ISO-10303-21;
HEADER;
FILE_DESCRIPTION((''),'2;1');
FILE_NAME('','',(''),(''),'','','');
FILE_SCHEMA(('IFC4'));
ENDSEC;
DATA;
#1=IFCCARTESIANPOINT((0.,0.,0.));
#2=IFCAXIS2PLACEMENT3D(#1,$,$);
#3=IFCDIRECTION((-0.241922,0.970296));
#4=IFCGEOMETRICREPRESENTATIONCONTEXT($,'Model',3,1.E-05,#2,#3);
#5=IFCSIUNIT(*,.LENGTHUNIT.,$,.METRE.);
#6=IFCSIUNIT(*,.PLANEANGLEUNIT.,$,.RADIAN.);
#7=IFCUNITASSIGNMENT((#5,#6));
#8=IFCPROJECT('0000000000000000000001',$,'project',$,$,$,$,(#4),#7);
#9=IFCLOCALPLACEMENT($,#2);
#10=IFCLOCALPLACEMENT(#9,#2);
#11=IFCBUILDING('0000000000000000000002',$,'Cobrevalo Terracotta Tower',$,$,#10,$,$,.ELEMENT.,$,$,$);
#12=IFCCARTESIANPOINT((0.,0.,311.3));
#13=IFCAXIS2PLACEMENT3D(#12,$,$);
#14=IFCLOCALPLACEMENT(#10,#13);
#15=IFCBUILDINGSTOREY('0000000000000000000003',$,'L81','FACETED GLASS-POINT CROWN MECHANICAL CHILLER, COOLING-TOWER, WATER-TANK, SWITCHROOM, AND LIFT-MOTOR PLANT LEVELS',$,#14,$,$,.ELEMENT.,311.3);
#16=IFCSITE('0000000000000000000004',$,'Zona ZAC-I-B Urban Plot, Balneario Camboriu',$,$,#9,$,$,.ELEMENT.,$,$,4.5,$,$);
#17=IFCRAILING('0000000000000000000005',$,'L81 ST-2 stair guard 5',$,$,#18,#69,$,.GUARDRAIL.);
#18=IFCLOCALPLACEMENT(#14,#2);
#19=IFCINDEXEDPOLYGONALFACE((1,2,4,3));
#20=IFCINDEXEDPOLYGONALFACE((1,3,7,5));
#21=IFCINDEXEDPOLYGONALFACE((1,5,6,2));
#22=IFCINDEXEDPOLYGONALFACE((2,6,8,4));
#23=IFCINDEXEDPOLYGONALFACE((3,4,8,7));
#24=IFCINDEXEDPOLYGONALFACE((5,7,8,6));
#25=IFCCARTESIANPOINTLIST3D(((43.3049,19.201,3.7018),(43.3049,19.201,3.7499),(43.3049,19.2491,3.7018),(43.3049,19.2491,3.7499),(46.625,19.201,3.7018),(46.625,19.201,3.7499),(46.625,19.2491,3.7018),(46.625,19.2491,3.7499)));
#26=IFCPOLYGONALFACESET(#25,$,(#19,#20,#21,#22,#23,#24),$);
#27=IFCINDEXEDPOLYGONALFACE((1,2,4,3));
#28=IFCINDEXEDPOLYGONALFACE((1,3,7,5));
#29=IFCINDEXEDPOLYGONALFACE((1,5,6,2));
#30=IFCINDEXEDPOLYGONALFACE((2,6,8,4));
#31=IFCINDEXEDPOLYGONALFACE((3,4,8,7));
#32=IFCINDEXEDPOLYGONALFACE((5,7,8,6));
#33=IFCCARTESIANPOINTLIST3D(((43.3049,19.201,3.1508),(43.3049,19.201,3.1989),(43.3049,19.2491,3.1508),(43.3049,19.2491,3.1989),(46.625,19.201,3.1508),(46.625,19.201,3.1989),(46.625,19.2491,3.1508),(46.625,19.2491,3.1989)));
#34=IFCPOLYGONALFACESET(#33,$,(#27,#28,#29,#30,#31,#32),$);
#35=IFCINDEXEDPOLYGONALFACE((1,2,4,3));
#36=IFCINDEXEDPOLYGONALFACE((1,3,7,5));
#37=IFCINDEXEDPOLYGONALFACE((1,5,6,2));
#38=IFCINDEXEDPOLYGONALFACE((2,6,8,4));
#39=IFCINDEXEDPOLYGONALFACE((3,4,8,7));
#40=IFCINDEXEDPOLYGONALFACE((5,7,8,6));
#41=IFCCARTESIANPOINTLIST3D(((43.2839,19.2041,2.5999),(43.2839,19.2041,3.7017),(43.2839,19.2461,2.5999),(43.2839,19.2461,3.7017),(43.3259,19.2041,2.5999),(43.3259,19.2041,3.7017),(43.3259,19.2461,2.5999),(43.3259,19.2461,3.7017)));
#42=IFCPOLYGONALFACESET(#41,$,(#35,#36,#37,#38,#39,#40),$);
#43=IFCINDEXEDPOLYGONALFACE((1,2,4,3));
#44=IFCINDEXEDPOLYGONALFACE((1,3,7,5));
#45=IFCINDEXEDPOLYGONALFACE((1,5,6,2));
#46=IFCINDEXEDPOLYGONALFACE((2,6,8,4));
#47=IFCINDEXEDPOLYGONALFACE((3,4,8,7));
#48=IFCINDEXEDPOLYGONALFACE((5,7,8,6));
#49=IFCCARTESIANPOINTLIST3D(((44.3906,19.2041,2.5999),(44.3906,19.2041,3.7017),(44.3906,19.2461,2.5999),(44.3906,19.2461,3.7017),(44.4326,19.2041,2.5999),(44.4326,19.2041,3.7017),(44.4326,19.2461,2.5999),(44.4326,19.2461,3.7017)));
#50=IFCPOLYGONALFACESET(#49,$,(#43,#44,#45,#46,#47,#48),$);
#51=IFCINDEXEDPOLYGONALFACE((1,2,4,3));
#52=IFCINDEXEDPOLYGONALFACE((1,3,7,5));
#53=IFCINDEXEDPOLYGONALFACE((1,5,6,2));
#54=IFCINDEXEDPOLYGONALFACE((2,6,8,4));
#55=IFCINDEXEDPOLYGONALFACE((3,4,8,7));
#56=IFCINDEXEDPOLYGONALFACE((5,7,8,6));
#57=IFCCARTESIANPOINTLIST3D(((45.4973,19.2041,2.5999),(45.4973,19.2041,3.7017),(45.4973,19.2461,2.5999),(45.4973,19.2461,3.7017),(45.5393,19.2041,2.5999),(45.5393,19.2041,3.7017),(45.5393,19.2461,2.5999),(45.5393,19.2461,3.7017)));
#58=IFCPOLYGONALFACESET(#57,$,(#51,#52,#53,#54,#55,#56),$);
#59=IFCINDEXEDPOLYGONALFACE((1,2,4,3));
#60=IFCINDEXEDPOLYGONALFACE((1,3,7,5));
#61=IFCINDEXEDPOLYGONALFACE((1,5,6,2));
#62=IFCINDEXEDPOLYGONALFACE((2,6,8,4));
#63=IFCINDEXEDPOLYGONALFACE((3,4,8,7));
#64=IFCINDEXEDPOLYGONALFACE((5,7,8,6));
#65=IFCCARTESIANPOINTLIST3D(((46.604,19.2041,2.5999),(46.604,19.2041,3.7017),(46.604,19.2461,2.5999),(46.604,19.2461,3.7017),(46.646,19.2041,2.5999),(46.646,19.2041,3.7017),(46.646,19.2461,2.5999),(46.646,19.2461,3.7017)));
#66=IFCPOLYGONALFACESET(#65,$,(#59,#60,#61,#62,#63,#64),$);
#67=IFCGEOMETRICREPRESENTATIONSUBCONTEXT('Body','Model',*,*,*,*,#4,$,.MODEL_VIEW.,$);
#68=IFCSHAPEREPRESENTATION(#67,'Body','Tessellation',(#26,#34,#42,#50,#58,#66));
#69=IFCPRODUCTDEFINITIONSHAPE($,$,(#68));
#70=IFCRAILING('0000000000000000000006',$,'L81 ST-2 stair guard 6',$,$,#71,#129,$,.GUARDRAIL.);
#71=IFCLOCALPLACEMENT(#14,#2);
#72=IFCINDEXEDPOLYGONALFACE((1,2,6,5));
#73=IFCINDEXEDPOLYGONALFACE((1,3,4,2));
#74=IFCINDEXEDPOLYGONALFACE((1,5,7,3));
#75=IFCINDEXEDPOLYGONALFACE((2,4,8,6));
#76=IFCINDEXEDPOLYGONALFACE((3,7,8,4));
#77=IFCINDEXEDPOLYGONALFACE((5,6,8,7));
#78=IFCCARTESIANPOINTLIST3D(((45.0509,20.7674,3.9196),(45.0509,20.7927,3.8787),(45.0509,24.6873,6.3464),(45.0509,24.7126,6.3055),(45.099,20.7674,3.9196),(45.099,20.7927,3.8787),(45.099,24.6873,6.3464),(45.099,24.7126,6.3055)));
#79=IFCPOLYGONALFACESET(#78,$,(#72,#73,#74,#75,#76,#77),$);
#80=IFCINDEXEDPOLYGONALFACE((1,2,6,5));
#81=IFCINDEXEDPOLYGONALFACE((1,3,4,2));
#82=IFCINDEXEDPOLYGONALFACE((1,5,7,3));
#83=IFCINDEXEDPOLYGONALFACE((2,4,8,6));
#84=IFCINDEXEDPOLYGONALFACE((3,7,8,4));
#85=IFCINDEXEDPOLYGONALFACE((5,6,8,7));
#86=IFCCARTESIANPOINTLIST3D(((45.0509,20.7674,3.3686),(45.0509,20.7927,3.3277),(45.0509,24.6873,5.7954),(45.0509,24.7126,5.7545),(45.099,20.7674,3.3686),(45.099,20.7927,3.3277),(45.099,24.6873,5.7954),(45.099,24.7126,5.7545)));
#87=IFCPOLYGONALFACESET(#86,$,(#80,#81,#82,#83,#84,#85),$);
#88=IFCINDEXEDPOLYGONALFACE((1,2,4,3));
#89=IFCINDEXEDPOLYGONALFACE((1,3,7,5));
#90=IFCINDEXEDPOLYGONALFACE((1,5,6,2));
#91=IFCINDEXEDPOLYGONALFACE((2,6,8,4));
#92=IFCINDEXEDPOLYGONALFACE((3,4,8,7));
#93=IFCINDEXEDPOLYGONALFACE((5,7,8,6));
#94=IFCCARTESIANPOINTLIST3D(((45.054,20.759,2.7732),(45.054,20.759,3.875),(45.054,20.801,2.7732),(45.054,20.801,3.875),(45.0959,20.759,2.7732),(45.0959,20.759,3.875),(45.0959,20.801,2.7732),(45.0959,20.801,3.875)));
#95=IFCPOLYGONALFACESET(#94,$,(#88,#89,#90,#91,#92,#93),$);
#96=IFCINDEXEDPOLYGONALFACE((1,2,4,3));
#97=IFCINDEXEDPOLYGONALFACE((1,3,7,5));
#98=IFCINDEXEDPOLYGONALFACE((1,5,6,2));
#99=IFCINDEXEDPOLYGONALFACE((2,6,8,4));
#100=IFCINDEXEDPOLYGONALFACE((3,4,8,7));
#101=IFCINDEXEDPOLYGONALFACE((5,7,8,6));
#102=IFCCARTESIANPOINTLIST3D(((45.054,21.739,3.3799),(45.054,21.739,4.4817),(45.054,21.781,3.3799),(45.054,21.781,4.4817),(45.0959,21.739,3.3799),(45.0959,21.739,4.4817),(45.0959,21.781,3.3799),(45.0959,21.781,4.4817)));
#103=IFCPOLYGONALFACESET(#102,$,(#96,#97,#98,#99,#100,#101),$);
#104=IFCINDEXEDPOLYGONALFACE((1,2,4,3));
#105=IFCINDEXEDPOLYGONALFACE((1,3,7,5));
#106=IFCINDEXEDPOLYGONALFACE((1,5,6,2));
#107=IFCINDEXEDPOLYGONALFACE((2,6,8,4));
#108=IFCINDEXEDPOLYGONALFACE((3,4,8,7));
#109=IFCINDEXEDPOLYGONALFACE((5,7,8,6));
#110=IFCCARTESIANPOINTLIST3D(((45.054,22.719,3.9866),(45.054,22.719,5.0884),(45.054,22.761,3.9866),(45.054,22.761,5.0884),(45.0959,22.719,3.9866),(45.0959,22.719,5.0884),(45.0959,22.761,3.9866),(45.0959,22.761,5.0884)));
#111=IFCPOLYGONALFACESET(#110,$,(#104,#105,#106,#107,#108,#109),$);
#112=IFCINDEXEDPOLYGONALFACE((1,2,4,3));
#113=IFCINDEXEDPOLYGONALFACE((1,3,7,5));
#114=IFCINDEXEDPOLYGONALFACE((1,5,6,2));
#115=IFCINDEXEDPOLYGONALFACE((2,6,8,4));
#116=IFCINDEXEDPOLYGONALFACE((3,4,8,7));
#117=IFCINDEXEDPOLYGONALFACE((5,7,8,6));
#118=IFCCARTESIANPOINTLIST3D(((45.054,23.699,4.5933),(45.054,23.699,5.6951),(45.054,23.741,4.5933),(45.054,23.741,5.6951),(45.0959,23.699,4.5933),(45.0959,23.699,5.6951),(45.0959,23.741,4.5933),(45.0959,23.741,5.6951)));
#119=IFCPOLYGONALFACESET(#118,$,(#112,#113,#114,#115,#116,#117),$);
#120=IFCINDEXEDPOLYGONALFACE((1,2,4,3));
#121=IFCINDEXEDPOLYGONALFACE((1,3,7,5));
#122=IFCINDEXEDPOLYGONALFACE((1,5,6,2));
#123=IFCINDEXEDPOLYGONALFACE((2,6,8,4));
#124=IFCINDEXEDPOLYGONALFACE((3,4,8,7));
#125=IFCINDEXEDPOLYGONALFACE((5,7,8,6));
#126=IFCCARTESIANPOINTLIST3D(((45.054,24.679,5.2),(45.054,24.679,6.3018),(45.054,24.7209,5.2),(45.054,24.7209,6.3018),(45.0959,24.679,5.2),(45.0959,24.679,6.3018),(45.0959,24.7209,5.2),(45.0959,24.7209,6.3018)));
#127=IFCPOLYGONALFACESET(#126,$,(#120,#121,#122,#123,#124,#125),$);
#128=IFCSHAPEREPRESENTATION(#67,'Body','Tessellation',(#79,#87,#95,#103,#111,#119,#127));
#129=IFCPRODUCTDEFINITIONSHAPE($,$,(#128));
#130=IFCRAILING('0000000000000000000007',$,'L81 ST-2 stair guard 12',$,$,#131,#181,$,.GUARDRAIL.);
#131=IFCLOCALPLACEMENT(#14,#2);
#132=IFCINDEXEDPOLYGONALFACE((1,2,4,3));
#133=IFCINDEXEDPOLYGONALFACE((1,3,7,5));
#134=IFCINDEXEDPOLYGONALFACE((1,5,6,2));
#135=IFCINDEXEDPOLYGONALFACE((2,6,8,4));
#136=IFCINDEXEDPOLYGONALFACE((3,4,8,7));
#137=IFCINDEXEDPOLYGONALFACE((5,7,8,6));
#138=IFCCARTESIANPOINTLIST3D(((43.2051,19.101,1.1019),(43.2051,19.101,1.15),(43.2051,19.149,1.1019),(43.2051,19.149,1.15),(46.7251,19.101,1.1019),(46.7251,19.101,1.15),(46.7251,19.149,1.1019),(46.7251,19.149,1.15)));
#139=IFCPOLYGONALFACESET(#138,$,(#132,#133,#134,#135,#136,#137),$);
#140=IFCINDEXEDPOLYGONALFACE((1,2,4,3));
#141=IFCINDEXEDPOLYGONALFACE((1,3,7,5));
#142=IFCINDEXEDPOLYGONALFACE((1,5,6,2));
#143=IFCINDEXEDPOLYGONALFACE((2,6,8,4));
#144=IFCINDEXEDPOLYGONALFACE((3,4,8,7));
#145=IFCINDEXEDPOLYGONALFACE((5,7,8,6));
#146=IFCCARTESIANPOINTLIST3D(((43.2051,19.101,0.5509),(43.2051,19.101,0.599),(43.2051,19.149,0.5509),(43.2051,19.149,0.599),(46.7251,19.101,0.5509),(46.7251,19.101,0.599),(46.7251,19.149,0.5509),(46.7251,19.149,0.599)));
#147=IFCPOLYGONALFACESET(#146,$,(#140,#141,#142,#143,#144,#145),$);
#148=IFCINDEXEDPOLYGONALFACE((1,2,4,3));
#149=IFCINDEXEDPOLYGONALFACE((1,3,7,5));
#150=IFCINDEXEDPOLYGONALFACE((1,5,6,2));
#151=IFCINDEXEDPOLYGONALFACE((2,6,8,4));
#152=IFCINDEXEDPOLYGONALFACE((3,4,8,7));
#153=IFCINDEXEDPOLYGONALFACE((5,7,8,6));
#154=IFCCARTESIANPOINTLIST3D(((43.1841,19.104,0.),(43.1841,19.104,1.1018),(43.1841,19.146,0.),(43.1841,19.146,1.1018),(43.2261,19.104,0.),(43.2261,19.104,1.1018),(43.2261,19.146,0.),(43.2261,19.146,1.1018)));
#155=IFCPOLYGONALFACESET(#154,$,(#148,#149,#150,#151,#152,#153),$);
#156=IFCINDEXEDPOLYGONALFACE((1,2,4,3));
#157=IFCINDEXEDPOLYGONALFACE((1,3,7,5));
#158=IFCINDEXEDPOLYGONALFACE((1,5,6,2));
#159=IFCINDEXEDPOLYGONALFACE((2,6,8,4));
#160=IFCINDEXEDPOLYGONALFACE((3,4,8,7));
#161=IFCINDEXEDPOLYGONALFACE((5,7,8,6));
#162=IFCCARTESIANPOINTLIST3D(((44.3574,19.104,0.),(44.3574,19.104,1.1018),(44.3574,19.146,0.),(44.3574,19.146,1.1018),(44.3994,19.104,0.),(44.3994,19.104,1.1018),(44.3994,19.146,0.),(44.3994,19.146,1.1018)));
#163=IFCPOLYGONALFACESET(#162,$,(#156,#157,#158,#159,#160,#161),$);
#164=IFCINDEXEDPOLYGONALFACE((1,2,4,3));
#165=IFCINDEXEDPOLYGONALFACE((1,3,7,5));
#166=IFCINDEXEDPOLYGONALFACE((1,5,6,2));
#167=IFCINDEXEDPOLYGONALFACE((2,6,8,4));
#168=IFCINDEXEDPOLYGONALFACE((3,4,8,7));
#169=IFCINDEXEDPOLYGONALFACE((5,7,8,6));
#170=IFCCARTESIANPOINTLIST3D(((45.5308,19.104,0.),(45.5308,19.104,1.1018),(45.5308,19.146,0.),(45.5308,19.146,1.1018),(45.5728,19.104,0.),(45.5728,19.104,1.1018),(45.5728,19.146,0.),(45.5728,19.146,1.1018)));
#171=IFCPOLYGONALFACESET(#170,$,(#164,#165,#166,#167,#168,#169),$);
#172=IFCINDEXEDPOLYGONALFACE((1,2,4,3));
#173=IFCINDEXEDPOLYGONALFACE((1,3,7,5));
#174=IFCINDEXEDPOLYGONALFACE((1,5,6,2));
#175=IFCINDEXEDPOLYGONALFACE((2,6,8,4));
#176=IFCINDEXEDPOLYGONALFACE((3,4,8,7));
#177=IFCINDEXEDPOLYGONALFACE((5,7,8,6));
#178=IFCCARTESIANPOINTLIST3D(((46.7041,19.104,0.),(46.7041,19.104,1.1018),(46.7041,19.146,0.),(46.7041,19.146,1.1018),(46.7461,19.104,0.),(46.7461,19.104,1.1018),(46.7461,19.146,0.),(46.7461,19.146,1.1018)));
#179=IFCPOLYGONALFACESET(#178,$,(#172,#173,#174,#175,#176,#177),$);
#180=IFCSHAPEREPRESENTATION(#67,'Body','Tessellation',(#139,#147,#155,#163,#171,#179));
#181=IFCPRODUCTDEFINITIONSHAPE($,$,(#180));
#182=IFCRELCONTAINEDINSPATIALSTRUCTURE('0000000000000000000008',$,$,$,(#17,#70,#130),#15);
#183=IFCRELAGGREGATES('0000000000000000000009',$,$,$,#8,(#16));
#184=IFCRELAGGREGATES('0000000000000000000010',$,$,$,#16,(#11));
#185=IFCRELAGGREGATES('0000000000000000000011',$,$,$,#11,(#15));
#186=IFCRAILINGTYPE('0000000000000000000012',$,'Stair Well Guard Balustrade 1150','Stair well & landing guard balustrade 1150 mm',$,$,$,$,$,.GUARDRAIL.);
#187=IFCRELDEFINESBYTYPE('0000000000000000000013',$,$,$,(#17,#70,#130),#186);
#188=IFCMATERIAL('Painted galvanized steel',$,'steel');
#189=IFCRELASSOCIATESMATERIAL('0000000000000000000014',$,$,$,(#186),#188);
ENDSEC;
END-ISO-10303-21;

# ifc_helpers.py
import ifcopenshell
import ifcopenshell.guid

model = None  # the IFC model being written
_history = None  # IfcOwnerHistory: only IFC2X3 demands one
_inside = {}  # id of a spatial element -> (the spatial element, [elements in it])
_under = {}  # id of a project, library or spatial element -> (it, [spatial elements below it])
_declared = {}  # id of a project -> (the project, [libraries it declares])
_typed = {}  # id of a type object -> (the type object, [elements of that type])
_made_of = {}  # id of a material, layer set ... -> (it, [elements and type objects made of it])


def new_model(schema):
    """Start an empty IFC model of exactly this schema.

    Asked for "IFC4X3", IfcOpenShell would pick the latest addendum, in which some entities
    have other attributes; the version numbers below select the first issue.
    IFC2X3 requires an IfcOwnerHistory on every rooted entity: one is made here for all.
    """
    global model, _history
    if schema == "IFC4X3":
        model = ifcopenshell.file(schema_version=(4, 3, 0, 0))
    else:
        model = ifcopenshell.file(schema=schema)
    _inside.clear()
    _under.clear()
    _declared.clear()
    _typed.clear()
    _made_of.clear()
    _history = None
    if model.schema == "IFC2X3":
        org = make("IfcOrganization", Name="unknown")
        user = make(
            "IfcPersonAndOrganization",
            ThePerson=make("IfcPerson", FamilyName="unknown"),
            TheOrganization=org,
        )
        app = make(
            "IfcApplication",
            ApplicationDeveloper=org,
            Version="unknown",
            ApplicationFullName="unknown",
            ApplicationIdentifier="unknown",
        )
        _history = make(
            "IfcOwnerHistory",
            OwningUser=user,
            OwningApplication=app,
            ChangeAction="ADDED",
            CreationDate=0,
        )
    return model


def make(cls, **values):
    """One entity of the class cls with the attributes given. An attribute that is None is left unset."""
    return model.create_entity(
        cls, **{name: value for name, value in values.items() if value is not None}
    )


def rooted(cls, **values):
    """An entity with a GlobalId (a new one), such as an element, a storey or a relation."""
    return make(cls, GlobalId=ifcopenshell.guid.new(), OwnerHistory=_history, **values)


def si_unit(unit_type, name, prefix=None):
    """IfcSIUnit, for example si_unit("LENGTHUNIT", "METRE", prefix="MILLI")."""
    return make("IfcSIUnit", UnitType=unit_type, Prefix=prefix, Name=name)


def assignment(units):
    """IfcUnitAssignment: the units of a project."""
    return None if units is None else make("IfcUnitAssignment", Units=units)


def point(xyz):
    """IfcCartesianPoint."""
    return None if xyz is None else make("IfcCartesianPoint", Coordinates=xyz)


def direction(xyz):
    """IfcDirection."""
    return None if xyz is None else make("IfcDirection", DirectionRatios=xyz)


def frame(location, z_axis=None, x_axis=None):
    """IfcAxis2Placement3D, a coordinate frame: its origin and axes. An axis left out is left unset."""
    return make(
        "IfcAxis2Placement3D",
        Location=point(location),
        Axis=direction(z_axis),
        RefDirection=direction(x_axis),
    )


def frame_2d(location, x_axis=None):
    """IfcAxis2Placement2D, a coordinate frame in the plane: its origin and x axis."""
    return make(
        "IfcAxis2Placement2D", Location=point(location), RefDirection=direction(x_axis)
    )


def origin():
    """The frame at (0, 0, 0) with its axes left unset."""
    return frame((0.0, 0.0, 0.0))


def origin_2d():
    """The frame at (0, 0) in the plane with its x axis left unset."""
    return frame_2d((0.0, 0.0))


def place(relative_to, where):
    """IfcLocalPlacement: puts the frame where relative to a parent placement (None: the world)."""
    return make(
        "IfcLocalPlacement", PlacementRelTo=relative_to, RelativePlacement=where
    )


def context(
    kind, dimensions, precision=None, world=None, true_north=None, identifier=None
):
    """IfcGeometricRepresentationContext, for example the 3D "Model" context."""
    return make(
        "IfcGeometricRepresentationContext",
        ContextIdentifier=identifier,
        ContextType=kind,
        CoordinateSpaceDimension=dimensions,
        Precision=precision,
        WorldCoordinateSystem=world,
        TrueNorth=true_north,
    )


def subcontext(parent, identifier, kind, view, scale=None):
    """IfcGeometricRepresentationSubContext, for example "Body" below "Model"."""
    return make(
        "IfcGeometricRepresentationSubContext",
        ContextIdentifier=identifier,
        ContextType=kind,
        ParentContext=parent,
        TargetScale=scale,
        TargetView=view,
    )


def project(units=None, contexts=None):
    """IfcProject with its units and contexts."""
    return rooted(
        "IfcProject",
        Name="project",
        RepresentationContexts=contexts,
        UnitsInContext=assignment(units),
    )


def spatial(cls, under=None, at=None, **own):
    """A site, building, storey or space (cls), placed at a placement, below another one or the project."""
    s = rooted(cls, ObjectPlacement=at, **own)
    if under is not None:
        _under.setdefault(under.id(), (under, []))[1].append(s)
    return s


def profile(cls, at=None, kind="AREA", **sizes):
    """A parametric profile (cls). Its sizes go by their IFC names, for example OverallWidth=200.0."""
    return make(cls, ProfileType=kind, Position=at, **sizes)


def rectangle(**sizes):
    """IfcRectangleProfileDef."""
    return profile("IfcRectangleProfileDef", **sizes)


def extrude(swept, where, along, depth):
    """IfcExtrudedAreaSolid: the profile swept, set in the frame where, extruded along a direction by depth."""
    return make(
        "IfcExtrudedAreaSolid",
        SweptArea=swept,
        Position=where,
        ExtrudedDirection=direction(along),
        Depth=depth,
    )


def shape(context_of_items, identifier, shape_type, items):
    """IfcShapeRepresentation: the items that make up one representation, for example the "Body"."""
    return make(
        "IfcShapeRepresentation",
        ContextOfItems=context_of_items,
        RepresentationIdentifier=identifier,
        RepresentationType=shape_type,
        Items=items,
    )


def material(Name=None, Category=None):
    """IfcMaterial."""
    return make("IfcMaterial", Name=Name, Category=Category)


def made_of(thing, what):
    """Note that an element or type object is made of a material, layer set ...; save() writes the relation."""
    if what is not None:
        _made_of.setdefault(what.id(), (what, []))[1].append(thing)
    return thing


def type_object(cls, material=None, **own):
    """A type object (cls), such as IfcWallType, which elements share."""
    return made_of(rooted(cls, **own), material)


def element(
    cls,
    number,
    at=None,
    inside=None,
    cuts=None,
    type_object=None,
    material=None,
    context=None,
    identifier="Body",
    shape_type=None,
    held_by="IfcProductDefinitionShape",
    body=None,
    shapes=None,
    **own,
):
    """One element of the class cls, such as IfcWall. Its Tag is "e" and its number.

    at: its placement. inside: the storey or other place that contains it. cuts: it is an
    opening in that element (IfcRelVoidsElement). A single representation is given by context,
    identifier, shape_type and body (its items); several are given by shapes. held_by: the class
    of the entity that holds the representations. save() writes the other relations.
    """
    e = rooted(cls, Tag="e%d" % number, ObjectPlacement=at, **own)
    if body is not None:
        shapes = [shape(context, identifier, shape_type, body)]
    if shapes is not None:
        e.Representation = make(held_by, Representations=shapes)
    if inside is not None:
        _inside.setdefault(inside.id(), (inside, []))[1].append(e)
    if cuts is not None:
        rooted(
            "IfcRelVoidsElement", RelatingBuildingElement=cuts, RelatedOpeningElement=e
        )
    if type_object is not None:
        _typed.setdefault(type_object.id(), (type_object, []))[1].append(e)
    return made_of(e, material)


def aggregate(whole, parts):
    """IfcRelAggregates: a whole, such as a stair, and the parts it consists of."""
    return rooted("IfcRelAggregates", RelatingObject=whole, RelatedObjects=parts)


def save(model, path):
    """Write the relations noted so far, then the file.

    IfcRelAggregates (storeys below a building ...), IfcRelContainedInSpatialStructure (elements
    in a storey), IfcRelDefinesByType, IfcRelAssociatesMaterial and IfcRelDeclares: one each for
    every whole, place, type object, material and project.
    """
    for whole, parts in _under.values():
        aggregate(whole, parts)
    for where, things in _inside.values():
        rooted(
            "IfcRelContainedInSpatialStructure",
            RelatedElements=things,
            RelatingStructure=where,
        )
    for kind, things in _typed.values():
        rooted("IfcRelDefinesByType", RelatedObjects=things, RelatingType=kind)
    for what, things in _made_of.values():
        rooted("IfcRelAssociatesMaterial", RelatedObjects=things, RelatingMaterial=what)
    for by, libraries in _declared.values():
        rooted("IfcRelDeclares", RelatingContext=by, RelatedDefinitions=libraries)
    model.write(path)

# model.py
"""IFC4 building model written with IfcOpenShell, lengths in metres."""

from ifc_helpers import new_model, si_unit, direction, frame, origin, origin_2d, place, context, subcontext, project, spatial, rectangle, extrude, material, type_object, element, save


model = new_model("IFC4")

# Units and contexts
model_context = context("Model", 3, precision=1e-05, world=origin(), true_north=direction((-0.241922, 0.970296)))
body_context = subcontext(model_context, "Body", "Model", "MODEL_VIEW")
ifc_project = project(units=[si_unit("LENGTHUNIT", "METRE"), si_unit("PLANEANGLEUNIT", "RADIAN")], contexts=[model_context])

# Site, building, storey
site_placement = place(None, origin())
site = spatial("IfcSite", under=ifc_project, at=site_placement, Name="Zona ZAC-I-B Urban Plot, Balneario Camboriu", CompositionType="ELEMENT", RefElevation=4.5)
building_placement = place(site_placement, origin())
building = spatial("IfcBuilding", under=site, at=building_placement, Name="Cobrevalo Terracotta Tower", CompositionType="ELEMENT")
storey_placement = place(building_placement, frame((0.0, 0.0, 311.3)))
storey = spatial("IfcBuildingStorey", under=building, at=storey_placement, Name="L81", Description="FACETED GLASS-POINT CROWN MECHANICAL CHILLER, COOLING-TOWER, WATER-TANK, SWITCHROOM, AND LIFT-MOTOR PLANT LEVELS", CompositionType="ELEMENT", Elevation=311.3)

# Railings
ifc_material_1 = material(Name="Painted galvanized steel", Category="steel")
railing_type_1 = type_object("IfcRailingType", Name="Stair Well Guard Balustrade 1150", Description="Stair well & landing guard balustrade 1150 mm", PredefinedType="GUARDRAIL", material=ifc_material_1)
railing_1_placement = place(storey_placement, frame((43.3049, 19.2251, 2.5999)))
element("IfcRailing", 1, at=railing_1_placement, inside=storey, type_object=railing_type_1, Name="L81 ST-2 stair guard 5", PredefinedType="GUARDRAIL", context=body_context, shape_type="SweptSolid", body=[
    extrude(rectangle(XDim=0.0481, YDim=0.0481, at=origin_2d()), frame((0.0, 0.0, 1.126), z_axis=(1.0, 0.0, 0.0), x_axis=(0.0, 1.0, 0.0)), (0.0, 0.0, 1.0), 3.3201),
    extrude(rectangle(XDim=0.0481, YDim=0.0481, at=origin_2d()), frame((0.0, 0.0, 0.575), z_axis=(1.0, 0.0, 0.0), x_axis=(0.0, 1.0, 0.0)), (0.0, 0.0, 1.0), 3.3201),
    extrude(rectangle(XDim=0.042, YDim=0.042, at=origin_2d()), origin(), (0.0, 0.0, 1.0), 1.1018),
    extrude(rectangle(XDim=0.042, YDim=0.042, at=origin_2d()), frame((1.1067, 0.0, 0.0)), (0.0, 0.0, 1.0), 1.1018),
    extrude(rectangle(XDim=0.042, YDim=0.042, at=origin_2d()), frame((2.2134, 0.0, 0.0)), (0.0, 0.0, 1.0), 1.1018),
    extrude(rectangle(XDim=0.042, YDim=0.042, at=origin_2d()), frame((3.3201, 0.0, 0.0)), (0.0, 0.0, 1.0), 1.1018),
])
railing_2_placement = place(storey_placement, frame((45.075, 20.78, 2.7732)))
element("IfcRailing", 2, at=railing_2_placement, inside=storey, type_object=railing_type_1, Name="L81 ST-2 stair guard 6", PredefinedType="GUARDRAIL", context=body_context, shape_type="SweptSolid", body=[
    extrude(rectangle(XDim=0.0481, YDim=0.0481, at=origin_2d()), frame((0.0, 0.0, 1.126), z_axis=(0.0, 0.850252, 0.526376), x_axis=(-1.0, 0.0, 0.0)), (0.0, 0.0, 1.0), 4.6104),
    extrude(rectangle(XDim=0.0481, YDim=0.0481, at=origin_2d()), frame((0.0, 0.0, 0.575), z_axis=(0.0, 0.850252, 0.526376), x_axis=(-1.0, 0.0, 0.0)), (0.0, 0.0, 1.0), 4.6104),
    extrude(rectangle(XDim=0.042, YDim=0.042, at=origin_2d()), origin(), (0.0, 0.0, 1.0), 1.1018),
    extrude(rectangle(XDim=0.042, YDim=0.042, at=origin_2d()), frame((0.0, 0.98, 0.6067)), (0.0, 0.0, 1.0), 1.1018),
    extrude(rectangle(XDim=0.042, YDim=0.042, at=origin_2d()), frame((0.0, 1.96, 1.2134)), (0.0, 0.0, 1.0), 1.1018),
    extrude(rectangle(XDim=0.042, YDim=0.042, at=origin_2d()), frame((0.0, 2.9399, 1.8201)), (0.0, 0.0, 1.0), 1.1018),
    extrude(rectangle(XDim=0.042, YDim=0.042, at=origin_2d()), frame((0.0, 3.9199, 2.4268)), (0.0, 0.0, 1.0), 1.1018),
])
railing_3_placement = place(storey_placement, frame((43.2051, 19.125, 0.0)))
element("IfcRailing", 3, at=railing_3_placement, inside=storey, type_object=railing_type_1, Name="L81 ST-2 stair guard 12", PredefinedType="GUARDRAIL", context=body_context, shape_type="SweptSolid", body=[
    extrude(rectangle(XDim=0.0481, YDim=0.0481, at=origin_2d()), frame((0.0, 0.0, 1.126), z_axis=(1.0, 0.0, 0.0), x_axis=(0.0, 1.0, 0.0)), (0.0, 0.0, 1.0), 3.52),
    extrude(rectangle(XDim=0.0481, YDim=0.0481, at=origin_2d()), frame((0.0, 0.0, 0.575), z_axis=(1.0, 0.0, 0.0), x_axis=(0.0, 1.0, 0.0)), (0.0, 0.0, 1.0), 3.52),
    extrude(rectangle(XDim=0.042, YDim=0.042, at=origin_2d()), origin(), (0.0, 0.0, 1.0), 1.1018),
    extrude(rectangle(XDim=0.042, YDim=0.042, at=origin_2d()), frame((1.1733, 0.0, 0.0)), (0.0, 0.0, 1.0), 1.1018),
    extrude(rectangle(XDim=0.042, YDim=0.042, at=origin_2d()), frame((2.3467, 0.0, 0.0)), (0.0, 0.0, 1.0), 1.1018),
    extrude(rectangle(XDim=0.042, YDim=0.042, at=origin_2d()), frame((3.52, 0.0, 0.0)), (0.0, 0.0, 1.0), 1.1018),
])

save(model, "model.ifc")
